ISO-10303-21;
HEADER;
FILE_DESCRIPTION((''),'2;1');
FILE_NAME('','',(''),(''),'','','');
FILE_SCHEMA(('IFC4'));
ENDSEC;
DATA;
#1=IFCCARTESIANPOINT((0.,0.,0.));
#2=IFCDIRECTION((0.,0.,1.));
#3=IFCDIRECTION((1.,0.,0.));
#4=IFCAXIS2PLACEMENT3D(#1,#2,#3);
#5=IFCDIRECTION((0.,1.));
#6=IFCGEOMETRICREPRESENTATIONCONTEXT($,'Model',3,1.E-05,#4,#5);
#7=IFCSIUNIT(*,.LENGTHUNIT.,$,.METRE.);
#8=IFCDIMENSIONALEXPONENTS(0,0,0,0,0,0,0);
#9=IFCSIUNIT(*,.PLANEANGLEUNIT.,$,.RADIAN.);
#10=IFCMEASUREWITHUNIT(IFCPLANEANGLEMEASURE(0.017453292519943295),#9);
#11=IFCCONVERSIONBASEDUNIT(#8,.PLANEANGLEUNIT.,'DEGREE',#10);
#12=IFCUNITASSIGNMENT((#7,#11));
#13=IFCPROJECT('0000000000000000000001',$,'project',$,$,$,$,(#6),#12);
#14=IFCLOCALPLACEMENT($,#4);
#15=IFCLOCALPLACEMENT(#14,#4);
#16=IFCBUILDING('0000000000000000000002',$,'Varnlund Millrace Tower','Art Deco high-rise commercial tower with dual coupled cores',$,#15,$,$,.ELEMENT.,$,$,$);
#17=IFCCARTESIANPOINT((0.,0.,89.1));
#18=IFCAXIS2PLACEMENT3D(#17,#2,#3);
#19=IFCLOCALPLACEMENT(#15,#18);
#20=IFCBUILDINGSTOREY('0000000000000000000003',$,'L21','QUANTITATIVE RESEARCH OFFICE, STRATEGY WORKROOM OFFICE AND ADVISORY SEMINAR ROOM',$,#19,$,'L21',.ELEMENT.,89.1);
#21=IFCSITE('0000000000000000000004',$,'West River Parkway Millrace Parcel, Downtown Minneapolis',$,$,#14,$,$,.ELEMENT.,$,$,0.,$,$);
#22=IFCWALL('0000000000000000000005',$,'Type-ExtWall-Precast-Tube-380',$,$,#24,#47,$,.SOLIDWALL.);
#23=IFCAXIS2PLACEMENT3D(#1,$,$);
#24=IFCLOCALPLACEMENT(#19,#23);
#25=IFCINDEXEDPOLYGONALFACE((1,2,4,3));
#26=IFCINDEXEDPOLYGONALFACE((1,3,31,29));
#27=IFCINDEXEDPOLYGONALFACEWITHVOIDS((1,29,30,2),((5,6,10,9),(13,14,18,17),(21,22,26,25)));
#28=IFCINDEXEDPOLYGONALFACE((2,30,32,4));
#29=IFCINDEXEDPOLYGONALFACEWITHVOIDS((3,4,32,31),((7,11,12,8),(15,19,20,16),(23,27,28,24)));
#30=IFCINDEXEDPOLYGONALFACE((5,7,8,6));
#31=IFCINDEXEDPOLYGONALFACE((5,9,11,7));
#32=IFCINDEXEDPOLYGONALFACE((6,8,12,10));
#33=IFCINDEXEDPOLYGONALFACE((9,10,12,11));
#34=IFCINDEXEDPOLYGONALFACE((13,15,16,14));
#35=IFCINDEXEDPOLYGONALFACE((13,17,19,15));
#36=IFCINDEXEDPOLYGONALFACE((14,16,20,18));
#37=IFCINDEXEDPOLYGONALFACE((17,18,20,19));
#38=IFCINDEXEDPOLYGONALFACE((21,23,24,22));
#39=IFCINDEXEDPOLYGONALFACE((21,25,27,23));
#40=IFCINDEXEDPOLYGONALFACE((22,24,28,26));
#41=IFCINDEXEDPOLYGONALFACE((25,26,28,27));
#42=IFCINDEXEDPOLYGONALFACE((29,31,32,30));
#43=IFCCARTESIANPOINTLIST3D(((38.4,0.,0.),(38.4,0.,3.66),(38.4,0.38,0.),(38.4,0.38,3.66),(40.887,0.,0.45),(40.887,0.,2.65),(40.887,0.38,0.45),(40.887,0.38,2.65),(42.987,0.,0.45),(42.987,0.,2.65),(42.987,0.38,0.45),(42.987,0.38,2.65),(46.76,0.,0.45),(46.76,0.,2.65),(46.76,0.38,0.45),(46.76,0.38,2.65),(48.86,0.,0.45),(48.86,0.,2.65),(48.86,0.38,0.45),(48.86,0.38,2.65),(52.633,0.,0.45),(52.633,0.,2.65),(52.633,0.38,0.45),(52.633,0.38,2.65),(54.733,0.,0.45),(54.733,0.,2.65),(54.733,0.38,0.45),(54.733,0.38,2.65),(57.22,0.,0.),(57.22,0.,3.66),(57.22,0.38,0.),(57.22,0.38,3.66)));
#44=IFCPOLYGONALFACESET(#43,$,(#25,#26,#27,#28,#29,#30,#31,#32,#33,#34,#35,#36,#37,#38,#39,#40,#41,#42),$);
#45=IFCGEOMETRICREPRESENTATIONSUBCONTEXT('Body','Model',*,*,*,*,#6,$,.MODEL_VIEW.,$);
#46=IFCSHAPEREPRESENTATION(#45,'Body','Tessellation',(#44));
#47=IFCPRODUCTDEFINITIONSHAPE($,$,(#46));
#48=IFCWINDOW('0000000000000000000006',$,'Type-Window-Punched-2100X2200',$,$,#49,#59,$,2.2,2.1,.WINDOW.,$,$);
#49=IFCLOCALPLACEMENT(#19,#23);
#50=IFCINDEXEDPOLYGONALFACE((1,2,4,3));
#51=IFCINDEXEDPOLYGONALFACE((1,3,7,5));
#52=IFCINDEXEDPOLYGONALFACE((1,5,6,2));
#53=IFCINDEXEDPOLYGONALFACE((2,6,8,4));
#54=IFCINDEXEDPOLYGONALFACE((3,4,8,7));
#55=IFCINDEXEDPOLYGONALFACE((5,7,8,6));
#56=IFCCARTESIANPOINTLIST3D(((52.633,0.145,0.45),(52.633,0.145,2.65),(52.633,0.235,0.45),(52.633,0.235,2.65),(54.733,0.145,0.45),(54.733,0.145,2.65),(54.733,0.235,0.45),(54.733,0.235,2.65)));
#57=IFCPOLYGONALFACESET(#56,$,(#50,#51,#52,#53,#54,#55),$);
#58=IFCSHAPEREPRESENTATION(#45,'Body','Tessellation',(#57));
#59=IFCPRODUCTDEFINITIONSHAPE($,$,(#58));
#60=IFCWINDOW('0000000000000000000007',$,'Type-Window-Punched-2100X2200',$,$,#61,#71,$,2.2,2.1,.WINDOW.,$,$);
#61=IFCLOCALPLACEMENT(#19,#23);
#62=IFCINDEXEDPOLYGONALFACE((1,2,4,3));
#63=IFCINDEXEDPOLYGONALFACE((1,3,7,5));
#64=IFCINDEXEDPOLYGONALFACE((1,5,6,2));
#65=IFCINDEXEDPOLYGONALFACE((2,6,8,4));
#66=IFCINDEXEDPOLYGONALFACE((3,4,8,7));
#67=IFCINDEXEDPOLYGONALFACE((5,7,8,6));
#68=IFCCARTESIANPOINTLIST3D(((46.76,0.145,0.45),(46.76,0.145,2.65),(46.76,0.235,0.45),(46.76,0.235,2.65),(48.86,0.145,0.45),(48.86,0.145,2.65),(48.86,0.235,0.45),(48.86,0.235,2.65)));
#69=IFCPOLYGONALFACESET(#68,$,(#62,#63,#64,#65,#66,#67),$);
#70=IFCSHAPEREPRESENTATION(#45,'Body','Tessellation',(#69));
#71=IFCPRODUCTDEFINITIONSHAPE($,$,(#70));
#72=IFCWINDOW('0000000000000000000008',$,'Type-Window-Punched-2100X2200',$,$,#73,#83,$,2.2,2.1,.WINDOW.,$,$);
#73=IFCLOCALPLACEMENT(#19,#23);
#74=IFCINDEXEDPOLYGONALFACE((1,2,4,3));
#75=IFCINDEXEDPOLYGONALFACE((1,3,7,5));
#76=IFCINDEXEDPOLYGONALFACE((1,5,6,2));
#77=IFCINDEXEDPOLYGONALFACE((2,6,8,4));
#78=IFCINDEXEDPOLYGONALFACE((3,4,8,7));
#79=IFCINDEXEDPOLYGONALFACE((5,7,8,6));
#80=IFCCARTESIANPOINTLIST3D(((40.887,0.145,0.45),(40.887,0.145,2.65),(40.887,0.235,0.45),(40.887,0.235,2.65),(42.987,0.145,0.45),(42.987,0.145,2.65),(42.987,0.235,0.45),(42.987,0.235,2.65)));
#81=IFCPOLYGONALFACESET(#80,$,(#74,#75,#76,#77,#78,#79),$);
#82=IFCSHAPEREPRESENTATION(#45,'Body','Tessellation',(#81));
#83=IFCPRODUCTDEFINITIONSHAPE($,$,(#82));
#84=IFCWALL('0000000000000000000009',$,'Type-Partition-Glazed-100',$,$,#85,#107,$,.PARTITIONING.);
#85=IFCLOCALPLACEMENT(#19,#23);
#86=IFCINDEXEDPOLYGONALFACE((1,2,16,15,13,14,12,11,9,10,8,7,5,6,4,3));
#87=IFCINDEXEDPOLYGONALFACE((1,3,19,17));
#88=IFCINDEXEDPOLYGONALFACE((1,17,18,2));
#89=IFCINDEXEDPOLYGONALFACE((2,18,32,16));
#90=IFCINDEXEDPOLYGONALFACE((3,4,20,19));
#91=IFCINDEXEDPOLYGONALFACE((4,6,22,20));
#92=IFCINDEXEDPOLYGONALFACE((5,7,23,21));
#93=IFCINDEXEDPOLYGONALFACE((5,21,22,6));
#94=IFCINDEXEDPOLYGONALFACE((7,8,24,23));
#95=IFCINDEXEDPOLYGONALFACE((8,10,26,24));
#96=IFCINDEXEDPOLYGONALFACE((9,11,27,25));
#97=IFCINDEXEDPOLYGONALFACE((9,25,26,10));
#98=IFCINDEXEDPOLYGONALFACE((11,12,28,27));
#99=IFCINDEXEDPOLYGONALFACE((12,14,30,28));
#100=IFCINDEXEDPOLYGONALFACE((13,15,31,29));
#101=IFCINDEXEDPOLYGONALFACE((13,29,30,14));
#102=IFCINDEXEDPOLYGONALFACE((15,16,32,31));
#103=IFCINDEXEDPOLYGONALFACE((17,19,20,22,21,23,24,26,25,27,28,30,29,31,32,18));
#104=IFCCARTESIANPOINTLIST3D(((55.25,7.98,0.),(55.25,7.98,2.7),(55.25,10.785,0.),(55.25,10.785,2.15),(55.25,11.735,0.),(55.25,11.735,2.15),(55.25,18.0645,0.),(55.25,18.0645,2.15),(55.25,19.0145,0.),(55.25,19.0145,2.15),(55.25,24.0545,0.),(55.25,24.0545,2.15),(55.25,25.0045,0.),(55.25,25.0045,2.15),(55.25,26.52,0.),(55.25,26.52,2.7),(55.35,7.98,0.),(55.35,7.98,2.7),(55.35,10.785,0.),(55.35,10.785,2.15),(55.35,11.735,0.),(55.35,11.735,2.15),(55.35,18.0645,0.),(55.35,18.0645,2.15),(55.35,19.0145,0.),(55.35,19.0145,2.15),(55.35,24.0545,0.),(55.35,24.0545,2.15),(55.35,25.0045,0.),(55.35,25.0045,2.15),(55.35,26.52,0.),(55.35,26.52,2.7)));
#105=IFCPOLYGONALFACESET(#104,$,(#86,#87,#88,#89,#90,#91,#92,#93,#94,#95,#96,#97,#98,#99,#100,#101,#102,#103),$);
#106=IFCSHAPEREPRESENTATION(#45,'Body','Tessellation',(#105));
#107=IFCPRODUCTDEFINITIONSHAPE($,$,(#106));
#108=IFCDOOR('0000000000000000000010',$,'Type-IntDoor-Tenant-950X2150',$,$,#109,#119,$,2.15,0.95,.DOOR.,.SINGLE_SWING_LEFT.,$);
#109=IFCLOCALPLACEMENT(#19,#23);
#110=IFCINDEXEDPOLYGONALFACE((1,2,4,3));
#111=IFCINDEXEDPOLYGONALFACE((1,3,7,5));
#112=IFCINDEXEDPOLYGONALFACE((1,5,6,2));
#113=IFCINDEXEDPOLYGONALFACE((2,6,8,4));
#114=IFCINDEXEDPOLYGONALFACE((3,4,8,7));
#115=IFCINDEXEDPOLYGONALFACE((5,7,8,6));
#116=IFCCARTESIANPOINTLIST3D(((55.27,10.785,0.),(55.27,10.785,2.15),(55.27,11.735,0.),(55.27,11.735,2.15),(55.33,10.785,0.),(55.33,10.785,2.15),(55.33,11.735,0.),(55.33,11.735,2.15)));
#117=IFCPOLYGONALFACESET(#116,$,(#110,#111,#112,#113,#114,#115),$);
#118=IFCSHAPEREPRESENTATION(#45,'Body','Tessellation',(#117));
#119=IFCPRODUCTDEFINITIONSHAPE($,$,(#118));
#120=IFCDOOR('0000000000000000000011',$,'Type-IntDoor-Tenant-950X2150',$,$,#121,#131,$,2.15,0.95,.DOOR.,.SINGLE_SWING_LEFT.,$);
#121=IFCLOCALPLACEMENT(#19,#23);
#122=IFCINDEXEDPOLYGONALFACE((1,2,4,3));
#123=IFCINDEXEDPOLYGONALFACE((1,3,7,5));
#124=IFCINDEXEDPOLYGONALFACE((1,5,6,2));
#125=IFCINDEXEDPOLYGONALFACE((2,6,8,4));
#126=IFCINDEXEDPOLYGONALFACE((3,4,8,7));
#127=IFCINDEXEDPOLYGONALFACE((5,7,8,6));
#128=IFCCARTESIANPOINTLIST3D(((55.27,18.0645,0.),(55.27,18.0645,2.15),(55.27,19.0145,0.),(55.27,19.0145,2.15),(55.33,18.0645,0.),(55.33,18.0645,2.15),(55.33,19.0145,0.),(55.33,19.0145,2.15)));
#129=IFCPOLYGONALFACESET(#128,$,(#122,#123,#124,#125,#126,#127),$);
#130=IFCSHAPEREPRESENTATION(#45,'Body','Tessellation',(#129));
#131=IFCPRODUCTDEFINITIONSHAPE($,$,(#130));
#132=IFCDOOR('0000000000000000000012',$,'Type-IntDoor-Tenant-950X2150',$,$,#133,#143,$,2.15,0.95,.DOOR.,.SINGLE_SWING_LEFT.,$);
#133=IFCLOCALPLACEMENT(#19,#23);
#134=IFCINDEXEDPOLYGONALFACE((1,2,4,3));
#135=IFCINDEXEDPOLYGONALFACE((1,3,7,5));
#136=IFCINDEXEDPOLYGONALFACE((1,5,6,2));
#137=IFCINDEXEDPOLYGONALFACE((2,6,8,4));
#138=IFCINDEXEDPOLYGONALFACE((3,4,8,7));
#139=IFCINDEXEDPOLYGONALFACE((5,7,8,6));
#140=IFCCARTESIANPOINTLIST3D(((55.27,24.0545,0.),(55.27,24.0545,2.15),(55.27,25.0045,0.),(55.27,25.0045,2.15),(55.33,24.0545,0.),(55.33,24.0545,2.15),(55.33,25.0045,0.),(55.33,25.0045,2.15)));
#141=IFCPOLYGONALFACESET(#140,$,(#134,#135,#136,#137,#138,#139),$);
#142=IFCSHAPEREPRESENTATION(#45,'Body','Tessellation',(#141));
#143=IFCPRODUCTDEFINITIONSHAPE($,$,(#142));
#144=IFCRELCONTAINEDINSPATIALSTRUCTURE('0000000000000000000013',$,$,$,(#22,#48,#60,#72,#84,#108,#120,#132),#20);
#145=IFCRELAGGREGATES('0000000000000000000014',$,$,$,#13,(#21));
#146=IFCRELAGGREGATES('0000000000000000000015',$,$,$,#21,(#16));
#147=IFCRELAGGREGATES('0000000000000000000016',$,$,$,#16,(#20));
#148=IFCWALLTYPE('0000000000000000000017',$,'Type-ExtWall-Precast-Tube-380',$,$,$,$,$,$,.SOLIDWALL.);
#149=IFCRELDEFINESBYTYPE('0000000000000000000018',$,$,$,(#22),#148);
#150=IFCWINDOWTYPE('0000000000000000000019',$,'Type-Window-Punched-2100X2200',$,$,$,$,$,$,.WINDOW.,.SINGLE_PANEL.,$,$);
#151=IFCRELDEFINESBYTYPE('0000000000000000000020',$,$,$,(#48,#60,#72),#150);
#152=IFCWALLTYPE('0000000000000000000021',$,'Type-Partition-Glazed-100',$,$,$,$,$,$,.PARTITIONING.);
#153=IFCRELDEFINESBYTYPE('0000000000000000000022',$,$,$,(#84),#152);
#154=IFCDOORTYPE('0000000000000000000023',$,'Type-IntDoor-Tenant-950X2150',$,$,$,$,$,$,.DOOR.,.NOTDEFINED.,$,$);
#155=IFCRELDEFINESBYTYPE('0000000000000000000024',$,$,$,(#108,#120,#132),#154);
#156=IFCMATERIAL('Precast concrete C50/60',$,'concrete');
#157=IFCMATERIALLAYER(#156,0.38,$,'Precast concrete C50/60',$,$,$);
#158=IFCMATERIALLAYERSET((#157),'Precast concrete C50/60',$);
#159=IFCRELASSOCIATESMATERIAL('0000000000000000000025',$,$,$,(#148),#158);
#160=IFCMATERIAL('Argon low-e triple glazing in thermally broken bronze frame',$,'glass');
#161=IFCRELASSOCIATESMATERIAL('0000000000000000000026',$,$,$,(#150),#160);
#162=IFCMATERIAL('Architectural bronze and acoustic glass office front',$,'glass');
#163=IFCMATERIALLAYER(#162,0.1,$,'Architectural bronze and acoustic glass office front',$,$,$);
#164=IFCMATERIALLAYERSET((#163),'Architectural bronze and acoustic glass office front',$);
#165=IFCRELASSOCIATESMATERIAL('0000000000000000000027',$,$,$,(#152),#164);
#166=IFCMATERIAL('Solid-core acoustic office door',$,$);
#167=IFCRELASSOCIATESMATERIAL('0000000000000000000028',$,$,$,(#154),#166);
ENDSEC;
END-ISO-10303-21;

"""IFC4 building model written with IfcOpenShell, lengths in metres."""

from ifc_helpers import new_model, entity, si_unit, converted_unit, direction, frame, origin_with_axes, origin_2d_with_axis, place, context, subcontext, project, spatial, polyline, rectangle, outline, extrude, material, layer, layer_set, type_object, element, fill, save


model = new_model("IFC4")

# Units and contexts
model_context = context("Model", 3, precision=1e-05, world=origin_with_axes(), true_north=direction((0.0, 1.0)))
body_context = subcontext(model_context, "Body", "Model", "MODEL_VIEW")
ifc_project = project(units=[si_unit("LENGTHUNIT", "METRE"), converted_unit("PLANEANGLEUNIT", "DEGREE", entity("IfcPlaneAngleMeasure", 0.017453292519943295), si_unit("PLANEANGLEUNIT", "RADIAN"), dimensions=[0, 0, 0, 0, 0, 0, 0])], contexts=[model_context])

# Site, building, storey
site_placement = place(None, origin_with_axes())
site = spatial("IfcSite", under=ifc_project, at=site_placement, Name="West River Parkway Millrace Parcel, Downtown Minneapolis", CompositionType="ELEMENT", RefElevation=0.0)
building_placement = place(site_placement, origin_with_axes())
building = spatial("IfcBuilding", under=site, at=building_placement, Name="Varnlund Millrace Tower", Description="Art Deco high-rise commercial tower with dual coupled cores", CompositionType="ELEMENT")
storey_placement = place(building_placement, frame((0.0, 0.0, 89.1), z_axis=(0.0, 0.0, 1.0), x_axis=(1.0, 0.0, 0.0)))
storey = spatial("IfcBuildingStorey", under=building, at=storey_placement, Name="L21", Description="QUANTITATIVE RESEARCH OFFICE, STRATEGY WORKROOM OFFICE AND ADVISORY SEMINAR ROOM", LongName="L21", CompositionType="ELEMENT", Elevation=89.1)

# Shared definitions
ifc_material_1 = material(Name="Precast concrete C50/60", Category="concrete")
ifc_layer_1 = layer(ifc_material_1, 0.38, Name="Precast concrete C50/60")
ifc_layer_set_1 = layer_set([ifc_layer_1], Name="Precast concrete C50/60")
wall_type_1 = type_object("IfcWallType", Name="Type-ExtWall-Precast-Tube-380", PredefinedType="SOLIDWALL", material=ifc_layer_set_1)

# Wall, openings, windows
wall_1_placement = place(storey_placement, frame((57.22, 0.19, 0.0), z_axis=(0.0, 0.0, 1.0), x_axis=(-1.0, 0.0, 0.0)))
wall_1 = element("IfcWall", 1, at=wall_1_placement, inside=storey, type_object=wall_type_1, Name="Type-ExtWall-Precast-Tube-380", PredefinedType="SOLIDWALL", context=body_context, shape_type="SweptSolid", body=[
    extrude(outline(polyline([(0.0, -0.19), (18.82, -0.19), (18.82, 0.19), (0.0, 0.19), (0.0, -0.19)])), origin_with_axes(), (0.0, 0.0, 1.0), 3.66),
])
opening_1_placement = place(wall_1_placement, frame((3.537, 0.0, 0.45), z_axis=(0.0, 0.0, 1.0), x_axis=(1.0, 0.0, 0.0)))
opening_1 = element("IfcOpeningElement", 2, at=opening_1_placement, cuts=wall_1, PredefinedType="OPENING", context=body_context, shape_type="SweptSolid", body=[
    extrude(rectangle(XDim=2.1, YDim=0.4, at=origin_2d_with_axis()), origin_with_axes(), (0.0, 0.0, 1.0), 2.2),
])
opening_2_placement = place(wall_1_placement, frame((9.41, 0.0, 0.45), z_axis=(0.0, 0.0, 1.0), x_axis=(1.0, 0.0, 0.0)))
opening_2 = element("IfcOpeningElement", 3, at=opening_2_placement, cuts=wall_1, PredefinedType="OPENING", context=body_context, shape_type="SweptSolid", body=[
    extrude(rectangle(XDim=2.1, YDim=0.4, at=origin_2d_with_axis()), origin_with_axes(), (0.0, 0.0, 1.0), 2.2),
])
opening_3_placement = place(wall_1_placement, frame((15.283, 0.0, 0.45), z_axis=(0.0, 0.0, 1.0), x_axis=(1.0, 0.0, 0.0)))
opening_3 = element("IfcOpeningElement", 4, at=opening_3_placement, cuts=wall_1, PredefinedType="OPENING", context=body_context, shape_type="SweptSolid", body=[
    extrude(rectangle(XDim=2.1, YDim=0.4, at=origin_2d_with_axis()), origin_with_axes(), (0.0, 0.0, 1.0), 2.2),
])
ifc_material_2 = material(Name="Argon low-e triple glazing in thermally broken bronze frame", Category="glass")
window_type = type_object("IfcWindowType", Name="Type-Window-Punched-2100X2200", PartitioningType="SINGLE_PANEL", PredefinedType="WINDOW", material=ifc_material_2)
window_1_placement = place(wall_1_placement, frame((3.537, 0.0, 0.45), z_axis=(0.0, 0.0, 1.0), x_axis=(1.0, 0.0, 0.0)))
window_1 = element("IfcWindow", 5, at=window_1_placement, inside=storey, type_object=window_type, Name="Type-Window-Punched-2100X2200", OverallHeight=2.2, OverallWidth=2.1, PredefinedType="WINDOW", context=body_context, shape_type="SweptSolid", body=[
    extrude(rectangle(XDim=2.1, YDim=0.09, at=origin_2d_with_axis()), origin_with_axes(), (0.0, 0.0, 1.0), 2.2),
])
fill(opening_1, window_1)
window_2_placement = place(wall_1_placement, frame((9.41, 0.0, 0.45), z_axis=(0.0, 0.0, 1.0), x_axis=(1.0, 0.0, 0.0)))
window_2 = element("IfcWindow", 6, at=window_2_placement, inside=storey, type_object=window_type, Name="Type-Window-Punched-2100X2200", OverallHeight=2.2, OverallWidth=2.1, PredefinedType="WINDOW", context=body_context, shape_type="SweptSolid", body=[
    extrude(rectangle(XDim=2.1, YDim=0.09, at=origin_2d_with_axis()), origin_with_axes(), (0.0, 0.0, 1.0), 2.2),
])
fill(opening_2, window_2)
window_3_placement = place(wall_1_placement, frame((15.283, 0.0, 0.45), z_axis=(0.0, 0.0, 1.0), x_axis=(1.0, 0.0, 0.0)))
window_3 = element("IfcWindow", 7, at=window_3_placement, inside=storey, type_object=window_type, Name="Type-Window-Punched-2100X2200", OverallHeight=2.2, OverallWidth=2.1, PredefinedType="WINDOW", context=body_context, shape_type="SweptSolid", body=[
    extrude(rectangle(XDim=2.1, YDim=0.09, at=origin_2d_with_axis()), origin_with_axes(), (0.0, 0.0, 1.0), 2.2),
])
fill(opening_3, window_3)

# Wall, openings, doors
ifc_material_3 = material(Name="Architectural bronze and acoustic glass office front", Category="glass")
ifc_layer_2 = layer(ifc_material_3, 0.1, Name="Architectural bronze and acoustic glass office front")
ifc_layer_set_2 = layer_set([ifc_layer_2], Name="Architectural bronze and acoustic glass office front")
wall_type_2 = type_object("IfcWallType", Name="Type-Partition-Glazed-100", PredefinedType="PARTITIONING", material=ifc_layer_set_2)
wall_2_placement = place(storey_placement, frame((55.3, 7.98, 0.0), z_axis=(0.0, 0.0, 1.0), x_axis=(0.0, 1.0, 0.0)))
wall_2 = element("IfcWall", 8, at=wall_2_placement, inside=storey, type_object=wall_type_2, Name="Type-Partition-Glazed-100", PredefinedType="PARTITIONING", context=body_context, shape_type="SweptSolid", body=[
    extrude(outline(polyline([(0.0, -0.05), (18.54, -0.05), (18.54, 0.05), (0.0, 0.05), (0.0, -0.05)])), origin_with_axes(), (0.0, 0.0, 1.0), 2.7),
])
opening_4_placement = place(wall_2_placement, frame((3.28, 0.0, 0.0), z_axis=(0.0, 0.0, 1.0), x_axis=(1.0, 0.0, 0.0)))
opening_4 = element("IfcOpeningElement", 9, at=opening_4_placement, cuts=wall_2, PredefinedType="OPENING", context=body_context, shape_type="SweptSolid", body=[
    extrude(rectangle(XDim=0.95, YDim=0.12, at=origin_2d_with_axis()), origin_with_axes(), (0.0, 0.0, 1.0), 2.15),
])
opening_5_placement = place(wall_2_placement, frame((10.5595, 0.0, 0.0), z_axis=(0.0, 0.0, 1.0), x_axis=(1.0, 0.0, 0.0)))
opening_5 = element("IfcOpeningElement", 10, at=opening_5_placement, cuts=wall_2, PredefinedType="OPENING", context=body_context, shape_type="SweptSolid", body=[
    extrude(rectangle(XDim=0.95, YDim=0.12, at=origin_2d_with_axis()), origin_with_axes(), (0.0, 0.0, 1.0), 2.15),
])
opening_6_placement = place(wall_2_placement, frame((16.5495, 0.0, 0.0), z_axis=(0.0, 0.0, 1.0), x_axis=(1.0, 0.0, 0.0)))
opening_6 = element("IfcOpeningElement", 11, at=opening_6_placement, cuts=wall_2, PredefinedType="OPENING", context=body_context, shape_type="SweptSolid", body=[
    extrude(rectangle(XDim=0.95, YDim=0.12, at=origin_2d_with_axis()), origin_with_axes(), (0.0, 0.0, 1.0), 2.15),
])
ifc_material_4 = material(Name="Solid-core acoustic office door")
door_type_1 = type_object("IfcDoorType", Name="Type-IntDoor-Tenant-950X2150", OperationType="NOTDEFINED", PredefinedType="DOOR", material=ifc_material_4)
door_1_placement = place(wall_2_placement, frame((3.28, 0.0, 0.0), z_axis=(0.0, 0.0, 1.0), x_axis=(1.0, 0.0, 0.0)))
door_1 = element("IfcDoor", 12, at=door_1_placement, inside=storey, type_object=door_type_1, Name="Type-IntDoor-Tenant-950X2150", OperationType="SINGLE_SWING_LEFT", OverallHeight=2.15, OverallWidth=0.95, PredefinedType="DOOR", context=body_context, shape_type="SweptSolid", body=[
    extrude(rectangle(XDim=0.95, YDim=0.06, at=origin_2d_with_axis()), origin_with_axes(), (0.0, 0.0, 1.0), 2.15),
])
fill(opening_4, door_1)
door_2_placement = place(wall_2_placement, frame((10.5595, 0.0, 0.0), z_axis=(0.0, 0.0, 1.0), x_axis=(1.0, 0.0, 0.0)))
door_2 = element("IfcDoor", 13, at=door_2_placement, inside=storey, type_object=door_type_1, Name="Type-IntDoor-Tenant-950X2150", OperationType="SINGLE_SWING_LEFT", OverallHeight=2.15, OverallWidth=0.95, PredefinedType="DOOR", context=body_context, shape_type="SweptSolid", body=[
    extrude(rectangle(XDim=0.95, YDim=0.06, at=origin_2d_with_axis()), origin_with_axes(), (0.0, 0.0, 1.0), 2.15),
])
fill(opening_5, door_2)
door_3_placement = place(wall_2_placement, frame((16.5495, 0.0, 0.0), z_axis=(0.0, 0.0, 1.0), x_axis=(1.0, 0.0, 0.0)))
door_3 = element("IfcDoor", 14, at=door_3_placement, inside=storey, type_object=door_type_1, Name="Type-IntDoor-Tenant-950X2150", OperationType="SINGLE_SWING_LEFT", OverallHeight=2.15, OverallWidth=0.95, PredefinedType="DOOR", context=body_context, shape_type="SweptSolid", body=[
    extrude(rectangle(XDim=0.95, YDim=0.06, at=origin_2d_with_axis()), origin_with_axes(), (0.0, 0.0, 1.0), 2.15),
])
fill(opening_6, door_3)

save(model, "model.ifc")
